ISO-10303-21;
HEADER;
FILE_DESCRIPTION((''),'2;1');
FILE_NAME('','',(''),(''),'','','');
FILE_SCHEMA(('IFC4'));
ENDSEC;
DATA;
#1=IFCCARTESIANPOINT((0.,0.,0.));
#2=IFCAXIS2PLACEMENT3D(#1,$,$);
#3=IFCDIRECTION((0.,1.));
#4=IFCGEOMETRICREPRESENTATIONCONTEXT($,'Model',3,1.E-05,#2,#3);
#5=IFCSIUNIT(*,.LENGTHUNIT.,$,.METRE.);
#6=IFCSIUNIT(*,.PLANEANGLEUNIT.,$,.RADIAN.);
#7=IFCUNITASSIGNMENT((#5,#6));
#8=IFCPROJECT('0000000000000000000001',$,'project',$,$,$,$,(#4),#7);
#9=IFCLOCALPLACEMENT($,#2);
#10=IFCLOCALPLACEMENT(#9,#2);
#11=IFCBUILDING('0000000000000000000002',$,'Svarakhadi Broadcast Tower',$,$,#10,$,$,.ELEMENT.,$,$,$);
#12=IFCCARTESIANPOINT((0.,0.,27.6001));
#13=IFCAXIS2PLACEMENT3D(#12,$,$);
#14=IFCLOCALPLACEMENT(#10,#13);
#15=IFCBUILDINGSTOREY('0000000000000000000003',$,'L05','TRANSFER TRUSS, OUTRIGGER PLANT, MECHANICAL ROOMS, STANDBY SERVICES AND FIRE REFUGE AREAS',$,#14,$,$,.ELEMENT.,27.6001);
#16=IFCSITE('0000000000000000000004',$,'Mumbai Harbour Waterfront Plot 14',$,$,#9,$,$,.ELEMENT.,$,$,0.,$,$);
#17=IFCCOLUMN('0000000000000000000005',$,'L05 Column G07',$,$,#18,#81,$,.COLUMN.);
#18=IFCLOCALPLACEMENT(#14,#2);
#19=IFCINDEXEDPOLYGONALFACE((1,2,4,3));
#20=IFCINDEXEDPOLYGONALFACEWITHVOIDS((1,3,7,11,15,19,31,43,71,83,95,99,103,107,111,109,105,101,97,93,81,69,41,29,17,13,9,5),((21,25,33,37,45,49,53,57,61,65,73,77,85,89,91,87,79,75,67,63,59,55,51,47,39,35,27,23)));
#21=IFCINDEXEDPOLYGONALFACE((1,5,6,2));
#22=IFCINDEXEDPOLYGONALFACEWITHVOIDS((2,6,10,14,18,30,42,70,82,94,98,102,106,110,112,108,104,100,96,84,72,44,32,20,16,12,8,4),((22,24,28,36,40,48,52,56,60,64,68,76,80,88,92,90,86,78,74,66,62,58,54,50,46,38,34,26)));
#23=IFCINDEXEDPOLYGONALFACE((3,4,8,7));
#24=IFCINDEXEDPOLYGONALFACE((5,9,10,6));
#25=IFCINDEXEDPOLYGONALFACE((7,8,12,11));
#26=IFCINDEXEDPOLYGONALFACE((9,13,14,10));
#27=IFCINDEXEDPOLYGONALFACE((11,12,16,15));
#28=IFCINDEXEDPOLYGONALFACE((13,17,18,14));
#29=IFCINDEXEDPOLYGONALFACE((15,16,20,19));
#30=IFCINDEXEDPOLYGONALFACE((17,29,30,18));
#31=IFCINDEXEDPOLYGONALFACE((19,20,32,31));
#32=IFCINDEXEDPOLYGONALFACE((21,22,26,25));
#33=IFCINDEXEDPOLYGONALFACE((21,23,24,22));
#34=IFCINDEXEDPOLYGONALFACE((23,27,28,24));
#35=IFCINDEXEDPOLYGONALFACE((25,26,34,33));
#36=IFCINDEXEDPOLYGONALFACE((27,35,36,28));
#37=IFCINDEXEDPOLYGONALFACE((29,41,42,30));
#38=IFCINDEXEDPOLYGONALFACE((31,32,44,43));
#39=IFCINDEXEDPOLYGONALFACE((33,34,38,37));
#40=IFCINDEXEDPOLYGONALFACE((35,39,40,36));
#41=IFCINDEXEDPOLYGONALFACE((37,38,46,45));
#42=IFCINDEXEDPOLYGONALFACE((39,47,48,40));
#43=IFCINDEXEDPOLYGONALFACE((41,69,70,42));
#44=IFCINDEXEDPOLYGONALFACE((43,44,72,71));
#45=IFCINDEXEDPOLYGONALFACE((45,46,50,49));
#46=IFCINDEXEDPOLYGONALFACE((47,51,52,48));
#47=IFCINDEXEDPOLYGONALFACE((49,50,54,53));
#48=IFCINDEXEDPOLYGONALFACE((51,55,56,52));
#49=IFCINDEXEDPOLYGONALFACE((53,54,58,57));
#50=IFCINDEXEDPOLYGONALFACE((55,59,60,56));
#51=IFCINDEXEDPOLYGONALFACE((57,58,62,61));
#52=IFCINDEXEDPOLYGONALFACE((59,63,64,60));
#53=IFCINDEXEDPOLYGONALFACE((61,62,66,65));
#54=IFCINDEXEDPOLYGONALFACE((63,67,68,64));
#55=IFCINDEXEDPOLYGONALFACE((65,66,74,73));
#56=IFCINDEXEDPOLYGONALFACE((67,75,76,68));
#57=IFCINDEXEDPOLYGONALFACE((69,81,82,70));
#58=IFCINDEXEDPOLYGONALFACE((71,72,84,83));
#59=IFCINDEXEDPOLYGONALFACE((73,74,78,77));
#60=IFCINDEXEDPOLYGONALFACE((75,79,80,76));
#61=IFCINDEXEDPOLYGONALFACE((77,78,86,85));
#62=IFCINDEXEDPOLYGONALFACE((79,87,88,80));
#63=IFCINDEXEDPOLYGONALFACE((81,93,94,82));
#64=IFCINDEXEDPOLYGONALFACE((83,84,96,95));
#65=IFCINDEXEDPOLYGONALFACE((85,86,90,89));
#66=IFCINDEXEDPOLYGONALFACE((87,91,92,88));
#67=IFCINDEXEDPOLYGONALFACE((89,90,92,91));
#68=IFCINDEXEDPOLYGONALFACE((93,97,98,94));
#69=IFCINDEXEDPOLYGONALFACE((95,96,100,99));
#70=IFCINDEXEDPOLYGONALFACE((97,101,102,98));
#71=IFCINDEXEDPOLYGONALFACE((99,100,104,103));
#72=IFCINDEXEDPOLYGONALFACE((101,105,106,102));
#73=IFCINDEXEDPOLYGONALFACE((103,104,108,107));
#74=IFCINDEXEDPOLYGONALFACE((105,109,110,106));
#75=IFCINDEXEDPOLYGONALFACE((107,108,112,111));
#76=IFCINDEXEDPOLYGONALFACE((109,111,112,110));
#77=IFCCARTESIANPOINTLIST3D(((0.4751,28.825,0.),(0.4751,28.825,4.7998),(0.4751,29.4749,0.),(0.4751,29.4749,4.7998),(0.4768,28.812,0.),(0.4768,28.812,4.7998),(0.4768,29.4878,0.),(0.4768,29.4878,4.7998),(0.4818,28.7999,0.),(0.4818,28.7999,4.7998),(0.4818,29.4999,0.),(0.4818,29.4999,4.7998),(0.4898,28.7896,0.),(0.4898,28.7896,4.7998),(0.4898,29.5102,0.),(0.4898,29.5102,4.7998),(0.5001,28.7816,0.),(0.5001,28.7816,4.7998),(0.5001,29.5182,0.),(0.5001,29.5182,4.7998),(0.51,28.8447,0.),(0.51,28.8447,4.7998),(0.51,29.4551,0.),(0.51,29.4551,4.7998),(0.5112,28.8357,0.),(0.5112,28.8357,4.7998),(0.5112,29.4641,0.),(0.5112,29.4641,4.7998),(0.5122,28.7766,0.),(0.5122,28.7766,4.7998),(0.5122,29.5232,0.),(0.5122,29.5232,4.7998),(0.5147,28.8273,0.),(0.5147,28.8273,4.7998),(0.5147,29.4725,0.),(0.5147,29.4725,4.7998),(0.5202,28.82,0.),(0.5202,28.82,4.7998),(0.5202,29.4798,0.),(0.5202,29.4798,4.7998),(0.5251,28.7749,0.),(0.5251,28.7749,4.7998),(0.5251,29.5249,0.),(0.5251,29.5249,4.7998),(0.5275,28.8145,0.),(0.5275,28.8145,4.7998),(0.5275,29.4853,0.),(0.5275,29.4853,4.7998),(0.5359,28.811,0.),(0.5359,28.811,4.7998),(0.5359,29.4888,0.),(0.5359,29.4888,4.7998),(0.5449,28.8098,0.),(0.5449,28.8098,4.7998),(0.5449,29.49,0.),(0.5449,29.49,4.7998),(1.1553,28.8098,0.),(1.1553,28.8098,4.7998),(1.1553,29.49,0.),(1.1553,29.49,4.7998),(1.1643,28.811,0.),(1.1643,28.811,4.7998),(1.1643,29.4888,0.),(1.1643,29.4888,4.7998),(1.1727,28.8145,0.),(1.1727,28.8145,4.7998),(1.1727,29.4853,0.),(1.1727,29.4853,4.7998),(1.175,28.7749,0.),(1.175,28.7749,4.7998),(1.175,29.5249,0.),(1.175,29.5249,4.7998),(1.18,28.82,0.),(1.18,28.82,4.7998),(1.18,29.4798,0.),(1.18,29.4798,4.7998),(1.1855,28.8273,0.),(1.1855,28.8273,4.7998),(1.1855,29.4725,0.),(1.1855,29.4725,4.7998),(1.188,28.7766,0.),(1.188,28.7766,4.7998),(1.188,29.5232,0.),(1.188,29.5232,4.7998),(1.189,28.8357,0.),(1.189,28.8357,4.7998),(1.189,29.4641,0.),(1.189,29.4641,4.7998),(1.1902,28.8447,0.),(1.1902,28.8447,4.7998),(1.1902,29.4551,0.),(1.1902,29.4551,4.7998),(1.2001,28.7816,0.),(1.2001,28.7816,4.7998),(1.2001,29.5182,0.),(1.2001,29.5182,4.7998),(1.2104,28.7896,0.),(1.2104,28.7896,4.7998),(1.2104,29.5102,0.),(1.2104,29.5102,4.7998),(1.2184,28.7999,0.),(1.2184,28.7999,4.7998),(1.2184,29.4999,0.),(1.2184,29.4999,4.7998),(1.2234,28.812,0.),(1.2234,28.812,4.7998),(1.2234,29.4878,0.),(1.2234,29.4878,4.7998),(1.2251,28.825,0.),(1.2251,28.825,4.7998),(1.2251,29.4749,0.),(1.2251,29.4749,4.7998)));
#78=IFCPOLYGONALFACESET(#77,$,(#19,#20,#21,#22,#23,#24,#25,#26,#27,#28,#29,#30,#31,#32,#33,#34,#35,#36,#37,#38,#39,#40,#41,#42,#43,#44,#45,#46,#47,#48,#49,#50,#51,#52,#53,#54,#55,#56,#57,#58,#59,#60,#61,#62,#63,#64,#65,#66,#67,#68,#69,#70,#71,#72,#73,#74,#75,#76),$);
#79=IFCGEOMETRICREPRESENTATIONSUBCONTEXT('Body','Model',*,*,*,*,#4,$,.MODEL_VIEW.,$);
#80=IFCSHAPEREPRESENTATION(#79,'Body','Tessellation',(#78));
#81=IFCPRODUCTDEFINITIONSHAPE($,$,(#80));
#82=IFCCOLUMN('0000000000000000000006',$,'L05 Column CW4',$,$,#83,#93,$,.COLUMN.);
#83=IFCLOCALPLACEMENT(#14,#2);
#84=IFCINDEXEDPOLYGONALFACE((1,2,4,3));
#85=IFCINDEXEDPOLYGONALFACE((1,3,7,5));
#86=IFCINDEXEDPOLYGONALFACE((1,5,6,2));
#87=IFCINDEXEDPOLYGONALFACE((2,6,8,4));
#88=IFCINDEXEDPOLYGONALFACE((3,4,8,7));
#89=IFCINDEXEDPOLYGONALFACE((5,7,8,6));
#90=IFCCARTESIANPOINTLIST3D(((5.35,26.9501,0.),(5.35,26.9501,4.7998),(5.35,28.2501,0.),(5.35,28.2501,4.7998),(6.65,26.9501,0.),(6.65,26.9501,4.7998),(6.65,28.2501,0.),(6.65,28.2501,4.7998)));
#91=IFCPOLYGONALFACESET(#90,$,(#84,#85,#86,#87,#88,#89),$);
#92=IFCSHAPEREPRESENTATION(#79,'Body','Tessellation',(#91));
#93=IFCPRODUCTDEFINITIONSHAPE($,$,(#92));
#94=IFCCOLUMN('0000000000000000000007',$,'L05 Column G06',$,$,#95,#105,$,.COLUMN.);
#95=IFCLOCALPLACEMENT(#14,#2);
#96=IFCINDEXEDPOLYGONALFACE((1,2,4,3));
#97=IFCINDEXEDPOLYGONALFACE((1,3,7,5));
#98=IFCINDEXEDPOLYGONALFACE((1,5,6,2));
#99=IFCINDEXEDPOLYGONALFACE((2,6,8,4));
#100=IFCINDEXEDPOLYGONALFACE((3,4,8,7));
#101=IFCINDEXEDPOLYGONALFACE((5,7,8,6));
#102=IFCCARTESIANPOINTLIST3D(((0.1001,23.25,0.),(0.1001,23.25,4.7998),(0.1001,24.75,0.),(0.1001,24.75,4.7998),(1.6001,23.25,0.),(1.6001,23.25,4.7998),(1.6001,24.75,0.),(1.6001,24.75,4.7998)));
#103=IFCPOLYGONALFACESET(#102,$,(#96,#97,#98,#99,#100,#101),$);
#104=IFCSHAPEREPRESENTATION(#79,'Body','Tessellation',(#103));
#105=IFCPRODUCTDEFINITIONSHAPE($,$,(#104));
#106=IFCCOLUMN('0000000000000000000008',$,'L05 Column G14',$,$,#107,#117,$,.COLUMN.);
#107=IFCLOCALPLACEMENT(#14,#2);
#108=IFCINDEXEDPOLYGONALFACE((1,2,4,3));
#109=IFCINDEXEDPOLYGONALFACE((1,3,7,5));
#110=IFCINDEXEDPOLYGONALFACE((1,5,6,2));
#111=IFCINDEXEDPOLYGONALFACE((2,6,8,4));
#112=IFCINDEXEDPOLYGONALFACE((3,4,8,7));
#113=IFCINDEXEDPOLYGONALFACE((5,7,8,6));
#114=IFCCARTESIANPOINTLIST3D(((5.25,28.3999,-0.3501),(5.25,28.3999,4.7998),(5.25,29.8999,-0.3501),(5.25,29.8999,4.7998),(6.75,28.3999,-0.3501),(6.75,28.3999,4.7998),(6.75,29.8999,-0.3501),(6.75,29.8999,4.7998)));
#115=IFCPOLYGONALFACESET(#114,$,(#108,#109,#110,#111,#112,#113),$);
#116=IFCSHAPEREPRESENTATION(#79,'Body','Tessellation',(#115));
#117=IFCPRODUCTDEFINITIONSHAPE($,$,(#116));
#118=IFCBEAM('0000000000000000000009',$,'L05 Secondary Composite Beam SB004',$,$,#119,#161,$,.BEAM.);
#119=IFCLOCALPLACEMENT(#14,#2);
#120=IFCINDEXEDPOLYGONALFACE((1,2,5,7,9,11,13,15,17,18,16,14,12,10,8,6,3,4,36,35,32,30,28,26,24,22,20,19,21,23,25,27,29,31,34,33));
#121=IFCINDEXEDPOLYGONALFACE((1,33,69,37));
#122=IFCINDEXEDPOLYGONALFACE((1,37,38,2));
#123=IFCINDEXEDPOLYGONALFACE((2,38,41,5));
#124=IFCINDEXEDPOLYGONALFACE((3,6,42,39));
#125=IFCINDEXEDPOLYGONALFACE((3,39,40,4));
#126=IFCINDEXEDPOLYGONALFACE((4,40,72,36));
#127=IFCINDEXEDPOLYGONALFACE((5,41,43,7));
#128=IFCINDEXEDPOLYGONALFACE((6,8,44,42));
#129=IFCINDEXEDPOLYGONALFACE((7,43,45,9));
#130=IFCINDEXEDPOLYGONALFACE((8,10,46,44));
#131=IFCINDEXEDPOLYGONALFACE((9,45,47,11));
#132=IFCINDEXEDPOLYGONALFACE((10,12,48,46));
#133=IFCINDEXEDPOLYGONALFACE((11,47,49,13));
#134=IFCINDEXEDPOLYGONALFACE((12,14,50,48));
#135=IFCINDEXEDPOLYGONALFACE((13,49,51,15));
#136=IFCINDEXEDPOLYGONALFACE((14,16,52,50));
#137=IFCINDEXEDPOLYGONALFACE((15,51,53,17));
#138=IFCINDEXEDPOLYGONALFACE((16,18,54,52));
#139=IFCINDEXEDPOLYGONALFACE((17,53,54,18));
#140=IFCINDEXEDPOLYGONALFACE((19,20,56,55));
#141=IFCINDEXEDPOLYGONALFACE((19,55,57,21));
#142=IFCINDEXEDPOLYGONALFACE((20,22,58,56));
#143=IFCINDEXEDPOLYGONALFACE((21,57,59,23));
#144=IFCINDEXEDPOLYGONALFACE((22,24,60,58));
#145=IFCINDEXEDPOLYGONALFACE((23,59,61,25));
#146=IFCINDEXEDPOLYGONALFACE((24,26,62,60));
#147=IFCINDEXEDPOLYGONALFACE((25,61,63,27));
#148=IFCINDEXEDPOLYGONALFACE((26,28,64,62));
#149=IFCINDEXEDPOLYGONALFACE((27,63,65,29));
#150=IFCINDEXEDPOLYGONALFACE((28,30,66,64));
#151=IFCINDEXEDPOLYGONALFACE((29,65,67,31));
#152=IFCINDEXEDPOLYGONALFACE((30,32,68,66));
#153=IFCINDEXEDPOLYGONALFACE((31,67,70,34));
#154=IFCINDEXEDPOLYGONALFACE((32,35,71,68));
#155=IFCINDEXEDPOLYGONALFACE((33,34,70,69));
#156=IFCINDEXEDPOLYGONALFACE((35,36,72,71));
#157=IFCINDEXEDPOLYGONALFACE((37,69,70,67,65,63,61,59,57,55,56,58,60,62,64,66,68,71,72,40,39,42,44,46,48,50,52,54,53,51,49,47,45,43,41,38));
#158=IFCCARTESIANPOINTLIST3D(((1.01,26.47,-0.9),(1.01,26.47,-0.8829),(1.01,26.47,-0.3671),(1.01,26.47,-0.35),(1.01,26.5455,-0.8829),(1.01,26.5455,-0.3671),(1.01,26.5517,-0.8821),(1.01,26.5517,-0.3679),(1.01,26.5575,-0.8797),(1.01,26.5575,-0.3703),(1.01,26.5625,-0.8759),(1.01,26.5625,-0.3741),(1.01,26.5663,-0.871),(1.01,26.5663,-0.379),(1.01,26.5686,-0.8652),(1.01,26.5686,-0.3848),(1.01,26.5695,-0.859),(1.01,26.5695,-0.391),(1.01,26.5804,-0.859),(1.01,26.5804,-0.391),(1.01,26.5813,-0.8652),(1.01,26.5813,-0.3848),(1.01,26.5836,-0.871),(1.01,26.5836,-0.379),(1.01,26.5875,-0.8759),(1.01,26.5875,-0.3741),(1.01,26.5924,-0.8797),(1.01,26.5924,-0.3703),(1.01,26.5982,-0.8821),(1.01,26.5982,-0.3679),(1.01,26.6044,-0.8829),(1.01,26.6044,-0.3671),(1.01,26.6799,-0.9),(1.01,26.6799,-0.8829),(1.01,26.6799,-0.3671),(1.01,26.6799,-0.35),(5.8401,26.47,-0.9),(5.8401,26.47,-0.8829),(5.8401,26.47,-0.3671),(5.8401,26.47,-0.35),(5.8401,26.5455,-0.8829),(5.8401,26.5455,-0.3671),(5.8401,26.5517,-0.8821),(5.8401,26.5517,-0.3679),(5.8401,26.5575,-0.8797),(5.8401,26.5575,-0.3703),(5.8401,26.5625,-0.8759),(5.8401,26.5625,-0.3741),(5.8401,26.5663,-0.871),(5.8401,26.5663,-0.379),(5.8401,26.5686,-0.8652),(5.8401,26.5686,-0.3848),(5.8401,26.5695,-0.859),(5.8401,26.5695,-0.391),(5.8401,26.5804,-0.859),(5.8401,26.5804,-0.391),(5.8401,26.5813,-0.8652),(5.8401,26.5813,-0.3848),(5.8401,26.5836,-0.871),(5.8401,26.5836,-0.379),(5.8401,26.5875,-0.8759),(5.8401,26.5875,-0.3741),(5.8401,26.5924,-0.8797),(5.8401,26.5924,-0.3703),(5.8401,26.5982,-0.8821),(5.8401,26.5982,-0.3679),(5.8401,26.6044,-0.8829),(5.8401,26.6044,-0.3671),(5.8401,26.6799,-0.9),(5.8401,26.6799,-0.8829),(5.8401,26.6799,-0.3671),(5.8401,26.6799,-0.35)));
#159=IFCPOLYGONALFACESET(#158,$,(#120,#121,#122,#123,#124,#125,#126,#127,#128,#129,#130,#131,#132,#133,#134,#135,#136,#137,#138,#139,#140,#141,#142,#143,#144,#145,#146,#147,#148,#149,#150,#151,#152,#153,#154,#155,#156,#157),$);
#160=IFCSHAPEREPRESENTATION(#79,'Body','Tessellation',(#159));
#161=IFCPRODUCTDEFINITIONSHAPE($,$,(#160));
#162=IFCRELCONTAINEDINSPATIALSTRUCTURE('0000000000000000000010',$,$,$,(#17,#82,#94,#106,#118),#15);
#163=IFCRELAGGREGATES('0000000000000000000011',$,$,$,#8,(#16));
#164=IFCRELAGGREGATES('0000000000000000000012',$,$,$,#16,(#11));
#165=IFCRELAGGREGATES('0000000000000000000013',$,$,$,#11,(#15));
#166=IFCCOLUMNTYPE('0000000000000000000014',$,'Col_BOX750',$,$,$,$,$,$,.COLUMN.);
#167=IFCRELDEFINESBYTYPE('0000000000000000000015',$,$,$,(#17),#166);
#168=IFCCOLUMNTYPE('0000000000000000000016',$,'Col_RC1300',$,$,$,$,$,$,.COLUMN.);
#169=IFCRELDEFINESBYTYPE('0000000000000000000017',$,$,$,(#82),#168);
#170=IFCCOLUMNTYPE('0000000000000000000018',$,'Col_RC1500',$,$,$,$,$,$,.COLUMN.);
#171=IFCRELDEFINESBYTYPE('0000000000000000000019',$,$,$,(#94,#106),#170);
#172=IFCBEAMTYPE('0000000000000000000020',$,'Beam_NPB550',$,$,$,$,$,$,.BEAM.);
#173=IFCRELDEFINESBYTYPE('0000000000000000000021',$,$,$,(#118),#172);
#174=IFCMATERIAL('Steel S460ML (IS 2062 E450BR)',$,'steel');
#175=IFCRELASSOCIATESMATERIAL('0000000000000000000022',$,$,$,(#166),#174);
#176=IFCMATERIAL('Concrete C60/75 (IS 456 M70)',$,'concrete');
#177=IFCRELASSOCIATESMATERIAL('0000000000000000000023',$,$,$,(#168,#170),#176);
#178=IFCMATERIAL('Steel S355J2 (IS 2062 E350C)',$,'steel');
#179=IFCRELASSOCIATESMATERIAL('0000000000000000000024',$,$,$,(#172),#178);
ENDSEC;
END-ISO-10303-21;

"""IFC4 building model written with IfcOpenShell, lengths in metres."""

from ifc_helpers import new_model, si_unit, direction, frame, origin, origin_2d, place, context, subcontext, project, spatial, rectangle, hollow_rectangle, i_section, extrude, material, material_profile, profile_set, type_object, element, save


model = new_model("IFC4")

# Units and contexts
model_context = context("Model", 3, precision=1e-05, world=origin(), true_north=direction((0.0, 1.0)))
body_context = subcontext(model_context, "Body", "Model", "MODEL_VIEW")
ifc_project = project(units=[si_unit("LENGTHUNIT", "METRE"), si_unit("PLANEANGLEUNIT", "RADIAN")], contexts=[model_context])

# Site, building, storey
site_placement = place(None, origin())
site = spatial("IfcSite", under=ifc_project, at=site_placement, Name="Mumbai Harbour Waterfront Plot 14", CompositionType="ELEMENT", RefElevation=0.0)
building_placement = place(site_placement, origin())
building = spatial("IfcBuilding", under=site, at=building_placement, Name="Svarakhadi Broadcast Tower", CompositionType="ELEMENT")
storey_placement = place(building_placement, frame((0.0, 0.0, 27.6001)))
storey = spatial("IfcBuildingStorey", under=building, at=storey_placement, Name="L05", Description="TRANSFER TRUSS, OUTRIGGER PLANT, MECHANICAL ROOMS, STANDBY SERVICES AND FIRE REFUGE AREAS", CompositionType="ELEMENT", Elevation=27.6001)

# Columns
ifc_material_1 = material(Name="Steel S460ML (IS 2062 E450BR)", Category="steel")
ifc_material_profile_1 = material_profile(ifc_material_1, hollow_rectangle(XDim=0.75, YDim=0.75, WallThickness=0.0349, InnerFilletRadius=0.0349, OuterFilletRadius=0.05, at=origin_2d()), Name="BOX 750x750x35")
ifc_profile_set_1 = profile_set([ifc_material_profile_1], Name="Steel S460ML (IS 2062 E450BR)")
column_type_1 = type_object("IfcColumnType", Name="Col_BOX750", PredefinedType="COLUMN", material=ifc_profile_set_1)
column_1_placement = place(storey_placement, frame((0.8501, 29.1499, 0.0), z_axis=(0.0, 0.0, 1.0), x_axis=(1.0, 0.0, 0.0)))
element("IfcColumn", 1, at=column_1_placement, inside=storey, type_object=column_type_1, Name="L05 Column G07", PredefinedType="COLUMN", context=body_context, shape_type="SweptSolid", body=[
    extrude(hollow_rectangle(XDim=0.75, YDim=0.75, WallThickness=0.0349, InnerFilletRadius=0.0349, OuterFilletRadius=0.05, at=origin_2d()), origin(), (0.0, 0.0, 1.0), 4.7998),
])
ifc_material_2 = material(Name="Concrete C60/75 (IS 456 M70)", Category="concrete")
ifc_material_profile_2 = material_profile(ifc_material_2, rectangle(XDim=1.3, YDim=1.3, at=origin_2d()), Name="RC 1300x1300")
ifc_profile_set_2 = profile_set([ifc_material_profile_2], Name="Concrete C60/75 (IS 456 M70)")
column_type_2 = type_object("IfcColumnType", Name="Col_RC1300", PredefinedType="COLUMN", material=ifc_profile_set_2)
column_2_placement = place(storey_placement, frame((6.0, 27.6001, 0.0), z_axis=(0.0, 0.0, 1.0), x_axis=(1.0, 0.0, 0.0)))
element("IfcColumn", 2, at=column_2_placement, inside=storey, type_object=column_type_2, Name="L05 Column CW4", PredefinedType="COLUMN", context=body_context, shape_type="SweptSolid", body=[
    extrude(rectangle(XDim=1.3, YDim=1.3, at=origin_2d()), origin(), (0.0, 0.0, 1.0), 4.7998),
])
ifc_material_profile_3 = material_profile(ifc_material_2, rectangle(XDim=1.5, YDim=1.5, at=origin_2d()), Name="RC 1500x1500")
ifc_profile_set_3 = profile_set([ifc_material_profile_3], Name="Concrete C60/75 (IS 456 M70)")
column_type_3 = type_object("IfcColumnType", Name="Col_RC1500", PredefinedType="COLUMN", material=ifc_profile_set_3)
column_3_placement = place(storey_placement, frame((0.8501, 24.0, 0.0), z_axis=(0.0, 0.0, 1.0), x_axis=(1.0, 0.0, 0.0)))
element("IfcColumn", 3, at=column_3_placement, inside=storey, type_object=column_type_3, Name="L05 Column G06", PredefinedType="COLUMN", context=body_context, shape_type="SweptSolid", body=[
    extrude(rectangle(XDim=1.5, YDim=1.5, at=origin_2d()), origin(), (0.0, 0.0, 1.0), 4.7998),
])
column_4_placement = place(storey_placement, frame((6.0, 29.1499, -0.3501), z_axis=(0.0, 0.0, 1.0), x_axis=(1.0, 0.0, 0.0)))
element("IfcColumn", 4, at=column_4_placement, inside=storey, type_object=column_type_3, Name="L05 Column G14", PredefinedType="COLUMN", context=body_context, shape_type="SweptSolid", body=[
    extrude(rectangle(XDim=1.5, YDim=1.5, at=origin_2d()), origin(), (0.0, 0.0, 1.0), 5.1499),
])

# Beam
ifc_material_3 = material(Name="Steel S355J2 (IS 2062 E350C)", Category="steel")
ifc_material_profile_4 = material_profile(ifc_material_3, i_section(OverallWidth=0.21, OverallDepth=0.55, WebThickness=0.011, FlangeThickness=0.0171, FilletRadius=0.0239, at=origin_2d()), Name="NPB 550x210x106")
ifc_profile_set_4 = profile_set([ifc_material_profile_4], Name="Steel S355J2 (IS 2062 E350C)")
beam_type_1 = type_object("IfcBeamType", Name="Beam_NPB550", PredefinedType="BEAM", material=ifc_profile_set_4)
for number, where, z_axis, x_axis, name in (
    (5, (1.01, 26.575, -0.625), (1.0, 0.0, 0.0), (0.0, 1.0, 0.0), "L05 Secondary Composite Beam SB004"),
):
    element("IfcBeam", number, at=place(storey_placement, frame(where, z_axis=z_axis, x_axis=x_axis)), inside=storey, type_object=beam_type_1, Name=name, PredefinedType="BEAM", context=body_context, shape_type="SweptSolid", body=[
        extrude(i_section(OverallWidth=0.21, OverallDepth=0.55, WebThickness=0.011, FlangeThickness=0.0171, FilletRadius=0.0239, at=origin_2d()), origin(), (0.0, 0.0, 1.0), 4.8301),
    ])

save(model, "model.ifc")
